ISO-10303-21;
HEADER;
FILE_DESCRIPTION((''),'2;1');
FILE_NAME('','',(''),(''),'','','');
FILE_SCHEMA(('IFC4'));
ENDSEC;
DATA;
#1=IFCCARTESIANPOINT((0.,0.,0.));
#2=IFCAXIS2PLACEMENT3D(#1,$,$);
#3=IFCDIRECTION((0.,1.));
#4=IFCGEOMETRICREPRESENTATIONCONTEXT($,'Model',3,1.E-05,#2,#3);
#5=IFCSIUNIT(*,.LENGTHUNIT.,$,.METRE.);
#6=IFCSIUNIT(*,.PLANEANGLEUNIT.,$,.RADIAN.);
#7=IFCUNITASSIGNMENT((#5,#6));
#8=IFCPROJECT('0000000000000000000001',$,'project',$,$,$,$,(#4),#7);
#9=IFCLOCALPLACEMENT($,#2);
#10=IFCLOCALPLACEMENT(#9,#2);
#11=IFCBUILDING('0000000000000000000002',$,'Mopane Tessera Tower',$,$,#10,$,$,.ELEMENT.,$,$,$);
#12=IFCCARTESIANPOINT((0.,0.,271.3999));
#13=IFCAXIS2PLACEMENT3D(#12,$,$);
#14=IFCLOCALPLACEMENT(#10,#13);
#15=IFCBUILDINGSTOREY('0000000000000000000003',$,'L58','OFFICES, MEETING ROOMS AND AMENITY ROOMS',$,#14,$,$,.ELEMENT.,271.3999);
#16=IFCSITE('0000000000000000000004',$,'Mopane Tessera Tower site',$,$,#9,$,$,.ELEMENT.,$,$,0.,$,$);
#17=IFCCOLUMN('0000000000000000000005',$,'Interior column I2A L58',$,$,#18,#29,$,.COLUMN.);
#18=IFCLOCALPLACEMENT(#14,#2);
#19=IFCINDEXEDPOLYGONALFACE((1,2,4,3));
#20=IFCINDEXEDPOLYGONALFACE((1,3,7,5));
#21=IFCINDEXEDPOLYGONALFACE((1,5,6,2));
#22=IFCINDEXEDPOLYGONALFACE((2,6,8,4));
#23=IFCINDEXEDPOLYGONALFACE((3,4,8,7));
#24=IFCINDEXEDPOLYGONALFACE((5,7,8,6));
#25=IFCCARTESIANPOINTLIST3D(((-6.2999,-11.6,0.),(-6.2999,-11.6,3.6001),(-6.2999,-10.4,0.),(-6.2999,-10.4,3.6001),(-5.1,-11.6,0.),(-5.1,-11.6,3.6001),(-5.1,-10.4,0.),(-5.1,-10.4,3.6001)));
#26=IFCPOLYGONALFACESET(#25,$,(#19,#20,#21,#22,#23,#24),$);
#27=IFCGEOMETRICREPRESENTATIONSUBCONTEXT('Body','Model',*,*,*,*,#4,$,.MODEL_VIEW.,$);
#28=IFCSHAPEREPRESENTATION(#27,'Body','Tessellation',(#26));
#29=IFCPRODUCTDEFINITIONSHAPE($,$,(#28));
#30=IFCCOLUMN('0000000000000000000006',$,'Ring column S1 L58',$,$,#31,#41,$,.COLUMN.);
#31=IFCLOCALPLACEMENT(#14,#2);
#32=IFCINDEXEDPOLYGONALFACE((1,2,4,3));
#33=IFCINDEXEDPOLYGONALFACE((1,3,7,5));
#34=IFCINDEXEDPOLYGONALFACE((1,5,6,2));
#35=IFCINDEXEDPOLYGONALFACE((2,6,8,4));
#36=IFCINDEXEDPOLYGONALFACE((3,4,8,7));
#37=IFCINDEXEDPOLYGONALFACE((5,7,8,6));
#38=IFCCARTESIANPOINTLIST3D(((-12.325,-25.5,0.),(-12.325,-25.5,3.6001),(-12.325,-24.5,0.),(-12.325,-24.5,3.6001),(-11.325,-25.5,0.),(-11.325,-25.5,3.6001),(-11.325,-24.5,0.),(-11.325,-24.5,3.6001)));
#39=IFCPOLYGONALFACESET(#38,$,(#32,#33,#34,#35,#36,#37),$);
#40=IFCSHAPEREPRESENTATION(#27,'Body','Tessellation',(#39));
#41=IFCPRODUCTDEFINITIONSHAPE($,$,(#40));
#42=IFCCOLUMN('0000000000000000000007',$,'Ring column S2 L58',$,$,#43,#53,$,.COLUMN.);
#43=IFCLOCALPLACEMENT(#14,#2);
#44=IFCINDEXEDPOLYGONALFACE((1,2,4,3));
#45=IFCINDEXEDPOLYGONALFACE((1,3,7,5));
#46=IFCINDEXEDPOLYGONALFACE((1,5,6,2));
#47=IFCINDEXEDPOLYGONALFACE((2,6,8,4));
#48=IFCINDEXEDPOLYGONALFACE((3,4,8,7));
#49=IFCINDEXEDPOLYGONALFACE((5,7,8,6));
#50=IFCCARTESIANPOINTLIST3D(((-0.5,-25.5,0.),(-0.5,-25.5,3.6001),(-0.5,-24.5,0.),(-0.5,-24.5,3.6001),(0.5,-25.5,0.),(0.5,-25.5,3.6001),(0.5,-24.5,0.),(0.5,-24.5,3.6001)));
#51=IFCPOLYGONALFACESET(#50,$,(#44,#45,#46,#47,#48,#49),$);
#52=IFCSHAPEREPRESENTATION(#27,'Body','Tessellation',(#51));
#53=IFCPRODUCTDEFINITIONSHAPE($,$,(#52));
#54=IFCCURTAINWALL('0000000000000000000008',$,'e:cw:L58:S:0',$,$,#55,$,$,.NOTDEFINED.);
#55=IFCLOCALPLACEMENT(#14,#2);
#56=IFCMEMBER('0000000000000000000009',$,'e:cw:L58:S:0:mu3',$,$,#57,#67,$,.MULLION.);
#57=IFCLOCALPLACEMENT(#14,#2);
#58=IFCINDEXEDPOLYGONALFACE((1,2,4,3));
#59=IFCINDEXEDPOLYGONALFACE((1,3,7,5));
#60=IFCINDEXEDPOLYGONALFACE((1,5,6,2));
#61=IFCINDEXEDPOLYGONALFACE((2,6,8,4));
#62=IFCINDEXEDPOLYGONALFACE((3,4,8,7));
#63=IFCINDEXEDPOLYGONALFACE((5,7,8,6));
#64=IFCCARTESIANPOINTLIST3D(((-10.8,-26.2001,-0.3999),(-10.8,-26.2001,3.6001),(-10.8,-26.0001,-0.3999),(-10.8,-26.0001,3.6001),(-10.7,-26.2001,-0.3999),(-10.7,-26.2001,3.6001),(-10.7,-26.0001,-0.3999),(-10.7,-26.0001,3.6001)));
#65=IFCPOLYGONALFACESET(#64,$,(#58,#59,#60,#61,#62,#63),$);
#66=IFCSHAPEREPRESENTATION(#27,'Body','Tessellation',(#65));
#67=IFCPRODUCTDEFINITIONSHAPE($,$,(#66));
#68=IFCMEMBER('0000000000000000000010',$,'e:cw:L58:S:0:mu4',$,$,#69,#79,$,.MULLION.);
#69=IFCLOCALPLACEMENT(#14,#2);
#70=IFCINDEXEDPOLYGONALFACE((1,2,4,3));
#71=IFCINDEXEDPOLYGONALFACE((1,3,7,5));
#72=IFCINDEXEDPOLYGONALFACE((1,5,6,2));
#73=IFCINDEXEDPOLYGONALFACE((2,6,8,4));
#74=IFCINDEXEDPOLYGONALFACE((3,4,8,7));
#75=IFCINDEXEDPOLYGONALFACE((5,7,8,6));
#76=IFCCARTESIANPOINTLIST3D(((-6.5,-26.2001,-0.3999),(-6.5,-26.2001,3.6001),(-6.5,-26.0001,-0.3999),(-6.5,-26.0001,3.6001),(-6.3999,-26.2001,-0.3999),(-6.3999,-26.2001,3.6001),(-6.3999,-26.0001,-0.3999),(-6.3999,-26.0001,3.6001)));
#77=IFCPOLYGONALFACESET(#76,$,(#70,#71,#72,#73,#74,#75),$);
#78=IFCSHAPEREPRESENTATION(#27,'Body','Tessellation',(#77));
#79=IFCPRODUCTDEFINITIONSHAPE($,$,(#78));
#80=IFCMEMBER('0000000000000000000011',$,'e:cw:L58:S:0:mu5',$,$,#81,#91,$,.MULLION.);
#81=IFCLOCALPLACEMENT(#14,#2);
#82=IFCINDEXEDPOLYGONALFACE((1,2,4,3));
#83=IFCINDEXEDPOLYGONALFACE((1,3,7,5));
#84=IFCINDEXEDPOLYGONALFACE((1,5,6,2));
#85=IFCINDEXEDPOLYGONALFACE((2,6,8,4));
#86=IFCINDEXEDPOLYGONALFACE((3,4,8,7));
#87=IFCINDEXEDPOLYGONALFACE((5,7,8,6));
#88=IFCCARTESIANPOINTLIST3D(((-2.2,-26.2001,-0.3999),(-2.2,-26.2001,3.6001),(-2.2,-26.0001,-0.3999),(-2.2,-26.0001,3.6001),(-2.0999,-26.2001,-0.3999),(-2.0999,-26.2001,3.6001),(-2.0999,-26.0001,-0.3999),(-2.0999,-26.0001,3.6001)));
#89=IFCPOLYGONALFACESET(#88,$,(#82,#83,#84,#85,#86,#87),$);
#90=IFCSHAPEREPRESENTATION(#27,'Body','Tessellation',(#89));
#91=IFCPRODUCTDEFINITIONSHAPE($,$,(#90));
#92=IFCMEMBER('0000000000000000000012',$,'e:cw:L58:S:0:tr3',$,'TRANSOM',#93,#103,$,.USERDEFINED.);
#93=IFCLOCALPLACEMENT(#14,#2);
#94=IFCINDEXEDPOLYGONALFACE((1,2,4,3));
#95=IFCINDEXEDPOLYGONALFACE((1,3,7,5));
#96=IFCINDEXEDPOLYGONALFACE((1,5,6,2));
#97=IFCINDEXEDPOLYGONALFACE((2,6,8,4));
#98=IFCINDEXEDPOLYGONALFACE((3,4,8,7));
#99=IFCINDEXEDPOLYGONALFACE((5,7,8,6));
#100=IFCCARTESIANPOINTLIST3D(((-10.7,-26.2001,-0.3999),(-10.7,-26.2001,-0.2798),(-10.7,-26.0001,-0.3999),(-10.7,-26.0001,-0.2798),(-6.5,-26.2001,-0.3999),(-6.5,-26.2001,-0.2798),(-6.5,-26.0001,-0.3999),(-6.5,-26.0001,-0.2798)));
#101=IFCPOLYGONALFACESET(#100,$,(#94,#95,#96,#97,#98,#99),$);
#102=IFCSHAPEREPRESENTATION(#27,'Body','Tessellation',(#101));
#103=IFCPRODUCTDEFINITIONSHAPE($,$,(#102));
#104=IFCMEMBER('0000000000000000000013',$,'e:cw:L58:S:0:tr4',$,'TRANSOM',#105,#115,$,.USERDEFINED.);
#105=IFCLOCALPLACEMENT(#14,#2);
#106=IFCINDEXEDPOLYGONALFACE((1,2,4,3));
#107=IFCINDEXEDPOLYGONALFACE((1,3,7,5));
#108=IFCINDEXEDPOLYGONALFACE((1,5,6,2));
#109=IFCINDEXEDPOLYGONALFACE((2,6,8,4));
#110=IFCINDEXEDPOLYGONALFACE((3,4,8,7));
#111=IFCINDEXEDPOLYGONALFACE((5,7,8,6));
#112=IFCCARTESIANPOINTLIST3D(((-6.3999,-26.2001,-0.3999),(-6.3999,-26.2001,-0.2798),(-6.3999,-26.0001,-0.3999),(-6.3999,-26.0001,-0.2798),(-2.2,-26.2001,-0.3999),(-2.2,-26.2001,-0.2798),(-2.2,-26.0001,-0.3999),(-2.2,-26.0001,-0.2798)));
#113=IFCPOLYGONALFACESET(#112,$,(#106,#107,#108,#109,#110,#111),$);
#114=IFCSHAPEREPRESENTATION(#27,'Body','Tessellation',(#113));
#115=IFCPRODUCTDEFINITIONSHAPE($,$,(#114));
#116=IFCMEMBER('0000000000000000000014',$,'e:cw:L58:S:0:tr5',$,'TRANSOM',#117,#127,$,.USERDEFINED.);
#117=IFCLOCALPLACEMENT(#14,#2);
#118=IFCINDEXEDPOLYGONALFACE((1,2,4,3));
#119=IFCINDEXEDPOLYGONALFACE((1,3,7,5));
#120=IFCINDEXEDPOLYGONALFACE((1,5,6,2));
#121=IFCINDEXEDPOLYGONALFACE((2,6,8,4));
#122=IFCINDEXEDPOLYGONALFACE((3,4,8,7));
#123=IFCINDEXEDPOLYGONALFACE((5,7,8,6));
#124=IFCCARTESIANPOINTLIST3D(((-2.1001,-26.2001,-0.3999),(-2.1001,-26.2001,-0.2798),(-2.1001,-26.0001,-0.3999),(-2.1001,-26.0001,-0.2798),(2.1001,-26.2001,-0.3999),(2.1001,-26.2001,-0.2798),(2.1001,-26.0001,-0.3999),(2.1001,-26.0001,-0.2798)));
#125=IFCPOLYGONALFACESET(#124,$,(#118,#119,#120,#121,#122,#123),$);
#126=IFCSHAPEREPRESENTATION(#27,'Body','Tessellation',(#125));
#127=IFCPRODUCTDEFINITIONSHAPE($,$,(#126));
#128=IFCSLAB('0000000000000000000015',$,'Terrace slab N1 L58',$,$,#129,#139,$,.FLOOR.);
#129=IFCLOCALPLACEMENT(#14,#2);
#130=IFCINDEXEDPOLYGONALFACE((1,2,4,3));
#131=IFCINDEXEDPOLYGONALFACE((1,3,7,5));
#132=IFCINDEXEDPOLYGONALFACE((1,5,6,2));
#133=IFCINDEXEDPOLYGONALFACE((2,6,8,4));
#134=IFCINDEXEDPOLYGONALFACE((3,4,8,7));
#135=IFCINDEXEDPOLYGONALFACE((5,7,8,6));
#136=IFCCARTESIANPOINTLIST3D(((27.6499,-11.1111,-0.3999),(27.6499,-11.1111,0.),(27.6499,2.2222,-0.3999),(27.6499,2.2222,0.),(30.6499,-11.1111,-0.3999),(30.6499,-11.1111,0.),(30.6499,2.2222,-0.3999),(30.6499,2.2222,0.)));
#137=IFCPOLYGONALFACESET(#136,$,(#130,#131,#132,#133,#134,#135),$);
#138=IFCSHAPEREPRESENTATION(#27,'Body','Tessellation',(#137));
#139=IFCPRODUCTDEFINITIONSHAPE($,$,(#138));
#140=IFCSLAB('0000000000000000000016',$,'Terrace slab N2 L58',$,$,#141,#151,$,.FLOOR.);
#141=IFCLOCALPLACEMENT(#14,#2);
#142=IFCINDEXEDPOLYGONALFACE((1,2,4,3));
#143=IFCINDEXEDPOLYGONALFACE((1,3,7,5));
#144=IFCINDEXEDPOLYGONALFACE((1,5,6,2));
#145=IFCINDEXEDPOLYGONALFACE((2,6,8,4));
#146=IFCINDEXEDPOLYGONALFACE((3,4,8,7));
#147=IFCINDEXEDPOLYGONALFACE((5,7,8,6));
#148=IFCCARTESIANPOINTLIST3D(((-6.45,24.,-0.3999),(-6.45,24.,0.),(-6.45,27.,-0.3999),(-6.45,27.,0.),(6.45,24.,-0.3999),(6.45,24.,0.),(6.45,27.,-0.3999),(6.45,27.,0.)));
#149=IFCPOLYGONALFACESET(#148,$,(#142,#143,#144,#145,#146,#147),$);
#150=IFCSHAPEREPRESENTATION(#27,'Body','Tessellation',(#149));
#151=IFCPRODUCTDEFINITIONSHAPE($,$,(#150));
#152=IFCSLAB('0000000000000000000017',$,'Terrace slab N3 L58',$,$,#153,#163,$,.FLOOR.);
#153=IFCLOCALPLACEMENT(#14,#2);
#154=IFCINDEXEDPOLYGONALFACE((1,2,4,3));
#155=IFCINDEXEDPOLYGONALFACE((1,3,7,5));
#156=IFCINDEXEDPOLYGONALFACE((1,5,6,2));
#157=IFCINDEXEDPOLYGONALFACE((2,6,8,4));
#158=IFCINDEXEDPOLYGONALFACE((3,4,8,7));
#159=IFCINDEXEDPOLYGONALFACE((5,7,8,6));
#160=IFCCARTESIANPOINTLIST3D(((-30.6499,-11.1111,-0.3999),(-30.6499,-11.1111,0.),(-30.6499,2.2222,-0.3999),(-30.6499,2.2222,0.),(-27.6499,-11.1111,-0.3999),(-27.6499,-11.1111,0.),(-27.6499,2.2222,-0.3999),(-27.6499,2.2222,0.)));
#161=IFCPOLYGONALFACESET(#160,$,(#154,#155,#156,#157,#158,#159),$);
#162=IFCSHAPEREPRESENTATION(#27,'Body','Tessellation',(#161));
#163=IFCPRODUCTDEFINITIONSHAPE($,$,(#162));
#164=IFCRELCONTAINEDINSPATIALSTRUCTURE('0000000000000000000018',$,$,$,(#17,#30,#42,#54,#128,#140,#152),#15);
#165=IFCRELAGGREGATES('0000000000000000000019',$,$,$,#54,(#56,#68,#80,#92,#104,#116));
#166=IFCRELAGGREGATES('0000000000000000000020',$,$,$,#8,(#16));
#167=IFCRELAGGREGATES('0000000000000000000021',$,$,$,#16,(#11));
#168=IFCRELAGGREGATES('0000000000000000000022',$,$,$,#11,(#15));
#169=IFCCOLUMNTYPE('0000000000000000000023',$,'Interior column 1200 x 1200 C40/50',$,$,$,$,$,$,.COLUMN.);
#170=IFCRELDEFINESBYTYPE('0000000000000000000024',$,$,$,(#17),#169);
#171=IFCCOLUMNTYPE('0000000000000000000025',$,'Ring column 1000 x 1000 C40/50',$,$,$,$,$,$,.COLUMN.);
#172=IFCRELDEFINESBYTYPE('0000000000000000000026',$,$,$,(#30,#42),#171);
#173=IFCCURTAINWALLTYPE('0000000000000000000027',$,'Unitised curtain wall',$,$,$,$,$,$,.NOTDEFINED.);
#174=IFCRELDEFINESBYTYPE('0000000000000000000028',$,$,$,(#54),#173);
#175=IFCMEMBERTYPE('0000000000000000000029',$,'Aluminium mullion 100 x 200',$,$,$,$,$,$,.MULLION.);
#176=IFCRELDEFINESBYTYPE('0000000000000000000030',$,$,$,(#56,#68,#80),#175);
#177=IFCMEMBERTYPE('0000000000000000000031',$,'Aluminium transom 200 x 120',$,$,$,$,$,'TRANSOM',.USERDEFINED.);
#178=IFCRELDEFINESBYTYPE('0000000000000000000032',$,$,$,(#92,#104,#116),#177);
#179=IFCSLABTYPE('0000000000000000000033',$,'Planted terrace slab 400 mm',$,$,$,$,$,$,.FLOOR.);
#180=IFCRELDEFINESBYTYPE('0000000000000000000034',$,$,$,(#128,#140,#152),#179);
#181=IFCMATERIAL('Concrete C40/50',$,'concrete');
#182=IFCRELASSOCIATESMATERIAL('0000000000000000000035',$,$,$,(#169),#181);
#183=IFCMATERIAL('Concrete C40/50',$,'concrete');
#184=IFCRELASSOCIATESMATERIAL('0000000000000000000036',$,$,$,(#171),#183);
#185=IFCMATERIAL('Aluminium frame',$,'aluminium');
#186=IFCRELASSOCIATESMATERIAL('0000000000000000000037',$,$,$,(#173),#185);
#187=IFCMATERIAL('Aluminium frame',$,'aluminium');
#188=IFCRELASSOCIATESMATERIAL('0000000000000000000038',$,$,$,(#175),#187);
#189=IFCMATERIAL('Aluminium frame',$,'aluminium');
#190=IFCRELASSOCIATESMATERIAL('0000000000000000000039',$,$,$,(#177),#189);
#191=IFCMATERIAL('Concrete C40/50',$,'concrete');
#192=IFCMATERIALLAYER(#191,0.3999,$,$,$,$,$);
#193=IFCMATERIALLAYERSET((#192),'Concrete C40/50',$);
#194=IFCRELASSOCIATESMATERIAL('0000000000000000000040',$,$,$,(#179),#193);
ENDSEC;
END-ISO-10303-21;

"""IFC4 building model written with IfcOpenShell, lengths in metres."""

from ifc_helpers import new_model, si_unit, direction, frame, origin, origin_2d, place, context, subcontext, project, spatial, polyline, rectangle, outline, extrude, material, layer, layer_set, material_profile, profile_set, type_object, element, aggregate, save


model = new_model("IFC4")

# Units and contexts
model_context = context("Model", 3, precision=1e-05, world=origin(), true_north=direction((0.0, 1.0)))
body_context = subcontext(model_context, "Body", "Model", "MODEL_VIEW")
ifc_project = project(units=[si_unit("LENGTHUNIT", "METRE"), si_unit("PLANEANGLEUNIT", "RADIAN")], contexts=[model_context])

# Site, building, storey
site_placement = place(None, origin())
site = spatial("IfcSite", under=ifc_project, at=site_placement, Name="Mopane Tessera Tower site", CompositionType="ELEMENT", RefElevation=0.0)
building_placement = place(site_placement, origin())
building = spatial("IfcBuilding", under=site, at=building_placement, Name="Mopane Tessera Tower", CompositionType="ELEMENT")
storey_placement = place(building_placement, frame((0.0, 0.0, 271.3999)))
storey = spatial("IfcBuildingStorey", under=building, at=storey_placement, Name="L58", Description="OFFICES, MEETING ROOMS AND AMENITY ROOMS", CompositionType="ELEMENT", Elevation=271.3999)

# Columns
ifc_material_1 = material(Name="Concrete C40/50", Category="concrete")
ifc_material_profile_1 = material_profile(ifc_material_1, rectangle(XDim=1.2, YDim=1.2, at=origin_2d()))
ifc_profile_set_1 = profile_set([ifc_material_profile_1], Name="Concrete C40/50")
column_type_1 = type_object("IfcColumnType", Name="Interior column 1200 x 1200 C40/50", PredefinedType="COLUMN", material=ifc_profile_set_1)
column_placement = place(storey_placement, frame((-5.7, -11.0, 0.0), z_axis=(0.0, 0.0, 1.0), x_axis=(1.0, 0.0, 0.0)))
element("IfcColumn", 1, at=column_placement, inside=storey, type_object=column_type_1, Name="Interior column I2A L58", PredefinedType="COLUMN", context=body_context, shape_type="SweptSolid", body=[
    extrude(rectangle(XDim=1.2, YDim=1.2, at=origin_2d()), origin(), (0.0, 0.0, 1.0), 3.6001),
])
ifc_material_2 = material(Name="Concrete C40/50", Category="concrete")
ifc_material_profile_2 = material_profile(ifc_material_2, rectangle(XDim=1.0, YDim=1.0, at=origin_2d()))
ifc_profile_set_2 = profile_set([ifc_material_profile_2], Name="Concrete C40/50")
column_type_2 = type_object("IfcColumnType", Name="Ring column 1000 x 1000 C40/50", PredefinedType="COLUMN", material=ifc_profile_set_2)
for number, where, z_axis, x_axis, name in (
    (2, (-11.825, -25.0, 0.0), (0.0, 0.0, 1.0), (1.0, 0.0, 0.0), "Ring column S1 L58"),
    (3, (0.0, -25.0, 0.0), (0.0, 0.0, 1.0), (1.0, 0.0, 0.0), "Ring column S2 L58"),
):
    element("IfcColumn", number, at=place(storey_placement, frame(where, z_axis=z_axis, x_axis=x_axis)), inside=storey, type_object=column_type_2, Name=name, PredefinedType="COLUMN", context=body_context, shape_type="SweptSolid", body=[
        extrude(rectangle(XDim=1.0, YDim=1.0, at=origin_2d()), origin(), (0.0, 0.0, 1.0), 3.6001),
    ])

# Curtain wall, members
ifc_material_3 = material(Name="Aluminium frame", Category="aluminium")
curtain_wall_type = type_object("IfcCurtainWallType", Name="Unitised curtain wall", PredefinedType="NOTDEFINED", material=ifc_material_3)
curtain_wall_placement = place(storey_placement, origin())
curtain_wall = element("IfcCurtainWall", 4, at=curtain_wall_placement, inside=storey, type_object=curtain_wall_type, Name="e:cw:L58:S:0", PredefinedType="NOTDEFINED")
ifc_material_4 = material(Name="Aluminium frame", Category="aluminium")
ifc_material_profile_3 = material_profile(ifc_material_4, rectangle(XDim=0.1001, YDim=0.2, at=origin_2d()))
ifc_profile_set_3 = profile_set([ifc_material_profile_3], Name="Aluminium frame")
member_type_1 = type_object("IfcMemberType", Name="Aluminium mullion 100 x 200", PredefinedType="MULLION", material=ifc_profile_set_3)
member_1_placement = place(storey_placement, frame((-10.75, -26.1001, -0.3999), z_axis=(0.0, 0.0, 1.0), x_axis=(1.0, 0.0, 0.0)))
member_1 = element("IfcMember", 5, at=member_1_placement, type_object=member_type_1, Name="e:cw:L58:S:0:mu3", PredefinedType="MULLION", context=body_context, shape_type="SweptSolid", body=[
    extrude(rectangle(XDim=0.1001, YDim=0.2, at=origin_2d()), origin(), (0.0, 0.0, 1.0), 4.0),
])
member_2_placement = place(storey_placement, frame((-6.45, -26.1001, -0.3999), z_axis=(0.0, 0.0, 1.0), x_axis=(1.0, 0.0, 0.0)))
member_2 = element("IfcMember", 6, at=member_2_placement, type_object=member_type_1, Name="e:cw:L58:S:0:mu4", PredefinedType="MULLION", context=body_context, shape_type="SweptSolid", body=[
    extrude(rectangle(XDim=0.1001, YDim=0.2, at=origin_2d()), origin(), (0.0, 0.0, 1.0), 4.0),
])
member_3_placement = place(storey_placement, frame((-2.1499, -26.1001, -0.3999), z_axis=(0.0, 0.0, 1.0), x_axis=(1.0, 0.0, 0.0)))
member_3 = element("IfcMember", 7, at=member_3_placement, type_object=member_type_1, Name="e:cw:L58:S:0:mu5", PredefinedType="MULLION", context=body_context, shape_type="SweptSolid", body=[
    extrude(rectangle(XDim=0.1001, YDim=0.2, at=origin_2d()), origin(), (0.0, 0.0, 1.0), 4.0),
])
ifc_material_5 = material(Name="Aluminium frame", Category="aluminium")
ifc_material_profile_4 = material_profile(ifc_material_5, rectangle(XDim=0.2, YDim=0.1201, at=origin_2d()))
ifc_profile_set_4 = profile_set([ifc_material_profile_4], Name="Aluminium frame")
member_type_2 = type_object("IfcMemberType", Name="Aluminium transom 200 x 120", ElementType="TRANSOM", PredefinedType="USERDEFINED", material=ifc_profile_set_4)
member_4_placement = place(storey_placement, frame((-10.7, -26.1001, -0.3398), z_axis=(1.0, 0.0, 0.0), x_axis=(0.0, 1.0, 0.0)))
member_4 = element("IfcMember", 8, at=member_4_placement, type_object=member_type_2, Name="e:cw:L58:S:0:tr3", ObjectType="TRANSOM", PredefinedType="USERDEFINED", context=body_context, shape_type="SweptSolid", body=[
    extrude(rectangle(XDim=0.2, YDim=0.1201, at=origin_2d()), origin(), (0.0, 0.0, 1.0), 4.2),
])
member_5_placement = place(storey_placement, frame((-6.3999, -26.1001, -0.3398), z_axis=(1.0, 0.0, 0.0), x_axis=(0.0, 1.0, 0.0)))
member_5 = element("IfcMember", 9, at=member_5_placement, type_object=member_type_2, Name="e:cw:L58:S:0:tr4", ObjectType="TRANSOM", PredefinedType="USERDEFINED", context=body_context, shape_type="SweptSolid", body=[
    extrude(rectangle(XDim=0.2, YDim=0.1201, at=origin_2d()), origin(), (0.0, 0.0, 1.0), 4.2),
])
member_6_placement = place(storey_placement, frame((-2.1001, -26.1001, -0.3398), z_axis=(1.0, 0.0, 0.0), x_axis=(0.0, 1.0, 0.0)))
member_6 = element("IfcMember", 10, at=member_6_placement, type_object=member_type_2, Name="e:cw:L58:S:0:tr5", ObjectType="TRANSOM", PredefinedType="USERDEFINED", context=body_context, shape_type="SweptSolid", body=[
    extrude(rectangle(XDim=0.2, YDim=0.1201, at=origin_2d()), origin(), (0.0, 0.0, 1.0), 4.2002),
])

# Slabs
ifc_material_6 = material(Name="Concrete C40/50", Category="concrete")
ifc_layer_1 = layer(ifc_material_6, 0.3999)
ifc_layer_set_1 = layer_set([ifc_layer_1], Name="Concrete C40/50")
slab_type_1 = type_object("IfcSlabType", Name="Planted terrace slab 400 mm", PredefinedType="FLOOR", material=ifc_layer_set_1)
slab_1_placement = place(storey_placement, frame((0.0, 0.0, -0.3999)))
element("IfcSlab", 11, at=slab_1_placement, inside=storey, type_object=slab_type_1, Name="Terrace slab N1 L58", PredefinedType="FLOOR", context=body_context, shape_type="SweptSolid", body=[
    extrude(outline(polyline([(30.6499, 2.2222), (27.6499, 2.2222), (27.6499, -11.1111), (30.6499, -11.1111), (30.6499, 2.2222)])), origin(), (0.0, 0.0, 1.0), 0.3999),
])
slab_2_placement = place(storey_placement, frame((0.0, 0.0, -0.3999)))
element("IfcSlab", 12, at=slab_2_placement, inside=storey, type_object=slab_type_1, Name="Terrace slab N2 L58", PredefinedType="FLOOR", context=body_context, shape_type="SweptSolid", body=[
    extrude(outline(polyline([(-6.45, 27.0), (-6.45, 24.0), (6.45, 24.0), (6.45, 27.0), (-6.45, 27.0)])), origin(), (0.0, 0.0, 1.0), 0.3999),
])
slab_3_placement = place(storey_placement, frame((0.0, 0.0, -0.3999)))
element("IfcSlab", 13, at=slab_3_placement, inside=storey, type_object=slab_type_1, Name="Terrace slab N3 L58", PredefinedType="FLOOR", context=body_context, shape_type="SweptSolid", body=[
    extrude(outline(polyline([(-30.6499, -11.1111), (-27.6499, -11.1111), (-27.6499, 2.2222), (-30.6499, 2.2222), (-30.6499, -11.1111)])), origin(), (0.0, 0.0, 1.0), 0.3999),
])

aggregate(curtain_wall, [member_1, member_2, member_3, member_4, member_5, member_6])

save(model, "model.ifc")
